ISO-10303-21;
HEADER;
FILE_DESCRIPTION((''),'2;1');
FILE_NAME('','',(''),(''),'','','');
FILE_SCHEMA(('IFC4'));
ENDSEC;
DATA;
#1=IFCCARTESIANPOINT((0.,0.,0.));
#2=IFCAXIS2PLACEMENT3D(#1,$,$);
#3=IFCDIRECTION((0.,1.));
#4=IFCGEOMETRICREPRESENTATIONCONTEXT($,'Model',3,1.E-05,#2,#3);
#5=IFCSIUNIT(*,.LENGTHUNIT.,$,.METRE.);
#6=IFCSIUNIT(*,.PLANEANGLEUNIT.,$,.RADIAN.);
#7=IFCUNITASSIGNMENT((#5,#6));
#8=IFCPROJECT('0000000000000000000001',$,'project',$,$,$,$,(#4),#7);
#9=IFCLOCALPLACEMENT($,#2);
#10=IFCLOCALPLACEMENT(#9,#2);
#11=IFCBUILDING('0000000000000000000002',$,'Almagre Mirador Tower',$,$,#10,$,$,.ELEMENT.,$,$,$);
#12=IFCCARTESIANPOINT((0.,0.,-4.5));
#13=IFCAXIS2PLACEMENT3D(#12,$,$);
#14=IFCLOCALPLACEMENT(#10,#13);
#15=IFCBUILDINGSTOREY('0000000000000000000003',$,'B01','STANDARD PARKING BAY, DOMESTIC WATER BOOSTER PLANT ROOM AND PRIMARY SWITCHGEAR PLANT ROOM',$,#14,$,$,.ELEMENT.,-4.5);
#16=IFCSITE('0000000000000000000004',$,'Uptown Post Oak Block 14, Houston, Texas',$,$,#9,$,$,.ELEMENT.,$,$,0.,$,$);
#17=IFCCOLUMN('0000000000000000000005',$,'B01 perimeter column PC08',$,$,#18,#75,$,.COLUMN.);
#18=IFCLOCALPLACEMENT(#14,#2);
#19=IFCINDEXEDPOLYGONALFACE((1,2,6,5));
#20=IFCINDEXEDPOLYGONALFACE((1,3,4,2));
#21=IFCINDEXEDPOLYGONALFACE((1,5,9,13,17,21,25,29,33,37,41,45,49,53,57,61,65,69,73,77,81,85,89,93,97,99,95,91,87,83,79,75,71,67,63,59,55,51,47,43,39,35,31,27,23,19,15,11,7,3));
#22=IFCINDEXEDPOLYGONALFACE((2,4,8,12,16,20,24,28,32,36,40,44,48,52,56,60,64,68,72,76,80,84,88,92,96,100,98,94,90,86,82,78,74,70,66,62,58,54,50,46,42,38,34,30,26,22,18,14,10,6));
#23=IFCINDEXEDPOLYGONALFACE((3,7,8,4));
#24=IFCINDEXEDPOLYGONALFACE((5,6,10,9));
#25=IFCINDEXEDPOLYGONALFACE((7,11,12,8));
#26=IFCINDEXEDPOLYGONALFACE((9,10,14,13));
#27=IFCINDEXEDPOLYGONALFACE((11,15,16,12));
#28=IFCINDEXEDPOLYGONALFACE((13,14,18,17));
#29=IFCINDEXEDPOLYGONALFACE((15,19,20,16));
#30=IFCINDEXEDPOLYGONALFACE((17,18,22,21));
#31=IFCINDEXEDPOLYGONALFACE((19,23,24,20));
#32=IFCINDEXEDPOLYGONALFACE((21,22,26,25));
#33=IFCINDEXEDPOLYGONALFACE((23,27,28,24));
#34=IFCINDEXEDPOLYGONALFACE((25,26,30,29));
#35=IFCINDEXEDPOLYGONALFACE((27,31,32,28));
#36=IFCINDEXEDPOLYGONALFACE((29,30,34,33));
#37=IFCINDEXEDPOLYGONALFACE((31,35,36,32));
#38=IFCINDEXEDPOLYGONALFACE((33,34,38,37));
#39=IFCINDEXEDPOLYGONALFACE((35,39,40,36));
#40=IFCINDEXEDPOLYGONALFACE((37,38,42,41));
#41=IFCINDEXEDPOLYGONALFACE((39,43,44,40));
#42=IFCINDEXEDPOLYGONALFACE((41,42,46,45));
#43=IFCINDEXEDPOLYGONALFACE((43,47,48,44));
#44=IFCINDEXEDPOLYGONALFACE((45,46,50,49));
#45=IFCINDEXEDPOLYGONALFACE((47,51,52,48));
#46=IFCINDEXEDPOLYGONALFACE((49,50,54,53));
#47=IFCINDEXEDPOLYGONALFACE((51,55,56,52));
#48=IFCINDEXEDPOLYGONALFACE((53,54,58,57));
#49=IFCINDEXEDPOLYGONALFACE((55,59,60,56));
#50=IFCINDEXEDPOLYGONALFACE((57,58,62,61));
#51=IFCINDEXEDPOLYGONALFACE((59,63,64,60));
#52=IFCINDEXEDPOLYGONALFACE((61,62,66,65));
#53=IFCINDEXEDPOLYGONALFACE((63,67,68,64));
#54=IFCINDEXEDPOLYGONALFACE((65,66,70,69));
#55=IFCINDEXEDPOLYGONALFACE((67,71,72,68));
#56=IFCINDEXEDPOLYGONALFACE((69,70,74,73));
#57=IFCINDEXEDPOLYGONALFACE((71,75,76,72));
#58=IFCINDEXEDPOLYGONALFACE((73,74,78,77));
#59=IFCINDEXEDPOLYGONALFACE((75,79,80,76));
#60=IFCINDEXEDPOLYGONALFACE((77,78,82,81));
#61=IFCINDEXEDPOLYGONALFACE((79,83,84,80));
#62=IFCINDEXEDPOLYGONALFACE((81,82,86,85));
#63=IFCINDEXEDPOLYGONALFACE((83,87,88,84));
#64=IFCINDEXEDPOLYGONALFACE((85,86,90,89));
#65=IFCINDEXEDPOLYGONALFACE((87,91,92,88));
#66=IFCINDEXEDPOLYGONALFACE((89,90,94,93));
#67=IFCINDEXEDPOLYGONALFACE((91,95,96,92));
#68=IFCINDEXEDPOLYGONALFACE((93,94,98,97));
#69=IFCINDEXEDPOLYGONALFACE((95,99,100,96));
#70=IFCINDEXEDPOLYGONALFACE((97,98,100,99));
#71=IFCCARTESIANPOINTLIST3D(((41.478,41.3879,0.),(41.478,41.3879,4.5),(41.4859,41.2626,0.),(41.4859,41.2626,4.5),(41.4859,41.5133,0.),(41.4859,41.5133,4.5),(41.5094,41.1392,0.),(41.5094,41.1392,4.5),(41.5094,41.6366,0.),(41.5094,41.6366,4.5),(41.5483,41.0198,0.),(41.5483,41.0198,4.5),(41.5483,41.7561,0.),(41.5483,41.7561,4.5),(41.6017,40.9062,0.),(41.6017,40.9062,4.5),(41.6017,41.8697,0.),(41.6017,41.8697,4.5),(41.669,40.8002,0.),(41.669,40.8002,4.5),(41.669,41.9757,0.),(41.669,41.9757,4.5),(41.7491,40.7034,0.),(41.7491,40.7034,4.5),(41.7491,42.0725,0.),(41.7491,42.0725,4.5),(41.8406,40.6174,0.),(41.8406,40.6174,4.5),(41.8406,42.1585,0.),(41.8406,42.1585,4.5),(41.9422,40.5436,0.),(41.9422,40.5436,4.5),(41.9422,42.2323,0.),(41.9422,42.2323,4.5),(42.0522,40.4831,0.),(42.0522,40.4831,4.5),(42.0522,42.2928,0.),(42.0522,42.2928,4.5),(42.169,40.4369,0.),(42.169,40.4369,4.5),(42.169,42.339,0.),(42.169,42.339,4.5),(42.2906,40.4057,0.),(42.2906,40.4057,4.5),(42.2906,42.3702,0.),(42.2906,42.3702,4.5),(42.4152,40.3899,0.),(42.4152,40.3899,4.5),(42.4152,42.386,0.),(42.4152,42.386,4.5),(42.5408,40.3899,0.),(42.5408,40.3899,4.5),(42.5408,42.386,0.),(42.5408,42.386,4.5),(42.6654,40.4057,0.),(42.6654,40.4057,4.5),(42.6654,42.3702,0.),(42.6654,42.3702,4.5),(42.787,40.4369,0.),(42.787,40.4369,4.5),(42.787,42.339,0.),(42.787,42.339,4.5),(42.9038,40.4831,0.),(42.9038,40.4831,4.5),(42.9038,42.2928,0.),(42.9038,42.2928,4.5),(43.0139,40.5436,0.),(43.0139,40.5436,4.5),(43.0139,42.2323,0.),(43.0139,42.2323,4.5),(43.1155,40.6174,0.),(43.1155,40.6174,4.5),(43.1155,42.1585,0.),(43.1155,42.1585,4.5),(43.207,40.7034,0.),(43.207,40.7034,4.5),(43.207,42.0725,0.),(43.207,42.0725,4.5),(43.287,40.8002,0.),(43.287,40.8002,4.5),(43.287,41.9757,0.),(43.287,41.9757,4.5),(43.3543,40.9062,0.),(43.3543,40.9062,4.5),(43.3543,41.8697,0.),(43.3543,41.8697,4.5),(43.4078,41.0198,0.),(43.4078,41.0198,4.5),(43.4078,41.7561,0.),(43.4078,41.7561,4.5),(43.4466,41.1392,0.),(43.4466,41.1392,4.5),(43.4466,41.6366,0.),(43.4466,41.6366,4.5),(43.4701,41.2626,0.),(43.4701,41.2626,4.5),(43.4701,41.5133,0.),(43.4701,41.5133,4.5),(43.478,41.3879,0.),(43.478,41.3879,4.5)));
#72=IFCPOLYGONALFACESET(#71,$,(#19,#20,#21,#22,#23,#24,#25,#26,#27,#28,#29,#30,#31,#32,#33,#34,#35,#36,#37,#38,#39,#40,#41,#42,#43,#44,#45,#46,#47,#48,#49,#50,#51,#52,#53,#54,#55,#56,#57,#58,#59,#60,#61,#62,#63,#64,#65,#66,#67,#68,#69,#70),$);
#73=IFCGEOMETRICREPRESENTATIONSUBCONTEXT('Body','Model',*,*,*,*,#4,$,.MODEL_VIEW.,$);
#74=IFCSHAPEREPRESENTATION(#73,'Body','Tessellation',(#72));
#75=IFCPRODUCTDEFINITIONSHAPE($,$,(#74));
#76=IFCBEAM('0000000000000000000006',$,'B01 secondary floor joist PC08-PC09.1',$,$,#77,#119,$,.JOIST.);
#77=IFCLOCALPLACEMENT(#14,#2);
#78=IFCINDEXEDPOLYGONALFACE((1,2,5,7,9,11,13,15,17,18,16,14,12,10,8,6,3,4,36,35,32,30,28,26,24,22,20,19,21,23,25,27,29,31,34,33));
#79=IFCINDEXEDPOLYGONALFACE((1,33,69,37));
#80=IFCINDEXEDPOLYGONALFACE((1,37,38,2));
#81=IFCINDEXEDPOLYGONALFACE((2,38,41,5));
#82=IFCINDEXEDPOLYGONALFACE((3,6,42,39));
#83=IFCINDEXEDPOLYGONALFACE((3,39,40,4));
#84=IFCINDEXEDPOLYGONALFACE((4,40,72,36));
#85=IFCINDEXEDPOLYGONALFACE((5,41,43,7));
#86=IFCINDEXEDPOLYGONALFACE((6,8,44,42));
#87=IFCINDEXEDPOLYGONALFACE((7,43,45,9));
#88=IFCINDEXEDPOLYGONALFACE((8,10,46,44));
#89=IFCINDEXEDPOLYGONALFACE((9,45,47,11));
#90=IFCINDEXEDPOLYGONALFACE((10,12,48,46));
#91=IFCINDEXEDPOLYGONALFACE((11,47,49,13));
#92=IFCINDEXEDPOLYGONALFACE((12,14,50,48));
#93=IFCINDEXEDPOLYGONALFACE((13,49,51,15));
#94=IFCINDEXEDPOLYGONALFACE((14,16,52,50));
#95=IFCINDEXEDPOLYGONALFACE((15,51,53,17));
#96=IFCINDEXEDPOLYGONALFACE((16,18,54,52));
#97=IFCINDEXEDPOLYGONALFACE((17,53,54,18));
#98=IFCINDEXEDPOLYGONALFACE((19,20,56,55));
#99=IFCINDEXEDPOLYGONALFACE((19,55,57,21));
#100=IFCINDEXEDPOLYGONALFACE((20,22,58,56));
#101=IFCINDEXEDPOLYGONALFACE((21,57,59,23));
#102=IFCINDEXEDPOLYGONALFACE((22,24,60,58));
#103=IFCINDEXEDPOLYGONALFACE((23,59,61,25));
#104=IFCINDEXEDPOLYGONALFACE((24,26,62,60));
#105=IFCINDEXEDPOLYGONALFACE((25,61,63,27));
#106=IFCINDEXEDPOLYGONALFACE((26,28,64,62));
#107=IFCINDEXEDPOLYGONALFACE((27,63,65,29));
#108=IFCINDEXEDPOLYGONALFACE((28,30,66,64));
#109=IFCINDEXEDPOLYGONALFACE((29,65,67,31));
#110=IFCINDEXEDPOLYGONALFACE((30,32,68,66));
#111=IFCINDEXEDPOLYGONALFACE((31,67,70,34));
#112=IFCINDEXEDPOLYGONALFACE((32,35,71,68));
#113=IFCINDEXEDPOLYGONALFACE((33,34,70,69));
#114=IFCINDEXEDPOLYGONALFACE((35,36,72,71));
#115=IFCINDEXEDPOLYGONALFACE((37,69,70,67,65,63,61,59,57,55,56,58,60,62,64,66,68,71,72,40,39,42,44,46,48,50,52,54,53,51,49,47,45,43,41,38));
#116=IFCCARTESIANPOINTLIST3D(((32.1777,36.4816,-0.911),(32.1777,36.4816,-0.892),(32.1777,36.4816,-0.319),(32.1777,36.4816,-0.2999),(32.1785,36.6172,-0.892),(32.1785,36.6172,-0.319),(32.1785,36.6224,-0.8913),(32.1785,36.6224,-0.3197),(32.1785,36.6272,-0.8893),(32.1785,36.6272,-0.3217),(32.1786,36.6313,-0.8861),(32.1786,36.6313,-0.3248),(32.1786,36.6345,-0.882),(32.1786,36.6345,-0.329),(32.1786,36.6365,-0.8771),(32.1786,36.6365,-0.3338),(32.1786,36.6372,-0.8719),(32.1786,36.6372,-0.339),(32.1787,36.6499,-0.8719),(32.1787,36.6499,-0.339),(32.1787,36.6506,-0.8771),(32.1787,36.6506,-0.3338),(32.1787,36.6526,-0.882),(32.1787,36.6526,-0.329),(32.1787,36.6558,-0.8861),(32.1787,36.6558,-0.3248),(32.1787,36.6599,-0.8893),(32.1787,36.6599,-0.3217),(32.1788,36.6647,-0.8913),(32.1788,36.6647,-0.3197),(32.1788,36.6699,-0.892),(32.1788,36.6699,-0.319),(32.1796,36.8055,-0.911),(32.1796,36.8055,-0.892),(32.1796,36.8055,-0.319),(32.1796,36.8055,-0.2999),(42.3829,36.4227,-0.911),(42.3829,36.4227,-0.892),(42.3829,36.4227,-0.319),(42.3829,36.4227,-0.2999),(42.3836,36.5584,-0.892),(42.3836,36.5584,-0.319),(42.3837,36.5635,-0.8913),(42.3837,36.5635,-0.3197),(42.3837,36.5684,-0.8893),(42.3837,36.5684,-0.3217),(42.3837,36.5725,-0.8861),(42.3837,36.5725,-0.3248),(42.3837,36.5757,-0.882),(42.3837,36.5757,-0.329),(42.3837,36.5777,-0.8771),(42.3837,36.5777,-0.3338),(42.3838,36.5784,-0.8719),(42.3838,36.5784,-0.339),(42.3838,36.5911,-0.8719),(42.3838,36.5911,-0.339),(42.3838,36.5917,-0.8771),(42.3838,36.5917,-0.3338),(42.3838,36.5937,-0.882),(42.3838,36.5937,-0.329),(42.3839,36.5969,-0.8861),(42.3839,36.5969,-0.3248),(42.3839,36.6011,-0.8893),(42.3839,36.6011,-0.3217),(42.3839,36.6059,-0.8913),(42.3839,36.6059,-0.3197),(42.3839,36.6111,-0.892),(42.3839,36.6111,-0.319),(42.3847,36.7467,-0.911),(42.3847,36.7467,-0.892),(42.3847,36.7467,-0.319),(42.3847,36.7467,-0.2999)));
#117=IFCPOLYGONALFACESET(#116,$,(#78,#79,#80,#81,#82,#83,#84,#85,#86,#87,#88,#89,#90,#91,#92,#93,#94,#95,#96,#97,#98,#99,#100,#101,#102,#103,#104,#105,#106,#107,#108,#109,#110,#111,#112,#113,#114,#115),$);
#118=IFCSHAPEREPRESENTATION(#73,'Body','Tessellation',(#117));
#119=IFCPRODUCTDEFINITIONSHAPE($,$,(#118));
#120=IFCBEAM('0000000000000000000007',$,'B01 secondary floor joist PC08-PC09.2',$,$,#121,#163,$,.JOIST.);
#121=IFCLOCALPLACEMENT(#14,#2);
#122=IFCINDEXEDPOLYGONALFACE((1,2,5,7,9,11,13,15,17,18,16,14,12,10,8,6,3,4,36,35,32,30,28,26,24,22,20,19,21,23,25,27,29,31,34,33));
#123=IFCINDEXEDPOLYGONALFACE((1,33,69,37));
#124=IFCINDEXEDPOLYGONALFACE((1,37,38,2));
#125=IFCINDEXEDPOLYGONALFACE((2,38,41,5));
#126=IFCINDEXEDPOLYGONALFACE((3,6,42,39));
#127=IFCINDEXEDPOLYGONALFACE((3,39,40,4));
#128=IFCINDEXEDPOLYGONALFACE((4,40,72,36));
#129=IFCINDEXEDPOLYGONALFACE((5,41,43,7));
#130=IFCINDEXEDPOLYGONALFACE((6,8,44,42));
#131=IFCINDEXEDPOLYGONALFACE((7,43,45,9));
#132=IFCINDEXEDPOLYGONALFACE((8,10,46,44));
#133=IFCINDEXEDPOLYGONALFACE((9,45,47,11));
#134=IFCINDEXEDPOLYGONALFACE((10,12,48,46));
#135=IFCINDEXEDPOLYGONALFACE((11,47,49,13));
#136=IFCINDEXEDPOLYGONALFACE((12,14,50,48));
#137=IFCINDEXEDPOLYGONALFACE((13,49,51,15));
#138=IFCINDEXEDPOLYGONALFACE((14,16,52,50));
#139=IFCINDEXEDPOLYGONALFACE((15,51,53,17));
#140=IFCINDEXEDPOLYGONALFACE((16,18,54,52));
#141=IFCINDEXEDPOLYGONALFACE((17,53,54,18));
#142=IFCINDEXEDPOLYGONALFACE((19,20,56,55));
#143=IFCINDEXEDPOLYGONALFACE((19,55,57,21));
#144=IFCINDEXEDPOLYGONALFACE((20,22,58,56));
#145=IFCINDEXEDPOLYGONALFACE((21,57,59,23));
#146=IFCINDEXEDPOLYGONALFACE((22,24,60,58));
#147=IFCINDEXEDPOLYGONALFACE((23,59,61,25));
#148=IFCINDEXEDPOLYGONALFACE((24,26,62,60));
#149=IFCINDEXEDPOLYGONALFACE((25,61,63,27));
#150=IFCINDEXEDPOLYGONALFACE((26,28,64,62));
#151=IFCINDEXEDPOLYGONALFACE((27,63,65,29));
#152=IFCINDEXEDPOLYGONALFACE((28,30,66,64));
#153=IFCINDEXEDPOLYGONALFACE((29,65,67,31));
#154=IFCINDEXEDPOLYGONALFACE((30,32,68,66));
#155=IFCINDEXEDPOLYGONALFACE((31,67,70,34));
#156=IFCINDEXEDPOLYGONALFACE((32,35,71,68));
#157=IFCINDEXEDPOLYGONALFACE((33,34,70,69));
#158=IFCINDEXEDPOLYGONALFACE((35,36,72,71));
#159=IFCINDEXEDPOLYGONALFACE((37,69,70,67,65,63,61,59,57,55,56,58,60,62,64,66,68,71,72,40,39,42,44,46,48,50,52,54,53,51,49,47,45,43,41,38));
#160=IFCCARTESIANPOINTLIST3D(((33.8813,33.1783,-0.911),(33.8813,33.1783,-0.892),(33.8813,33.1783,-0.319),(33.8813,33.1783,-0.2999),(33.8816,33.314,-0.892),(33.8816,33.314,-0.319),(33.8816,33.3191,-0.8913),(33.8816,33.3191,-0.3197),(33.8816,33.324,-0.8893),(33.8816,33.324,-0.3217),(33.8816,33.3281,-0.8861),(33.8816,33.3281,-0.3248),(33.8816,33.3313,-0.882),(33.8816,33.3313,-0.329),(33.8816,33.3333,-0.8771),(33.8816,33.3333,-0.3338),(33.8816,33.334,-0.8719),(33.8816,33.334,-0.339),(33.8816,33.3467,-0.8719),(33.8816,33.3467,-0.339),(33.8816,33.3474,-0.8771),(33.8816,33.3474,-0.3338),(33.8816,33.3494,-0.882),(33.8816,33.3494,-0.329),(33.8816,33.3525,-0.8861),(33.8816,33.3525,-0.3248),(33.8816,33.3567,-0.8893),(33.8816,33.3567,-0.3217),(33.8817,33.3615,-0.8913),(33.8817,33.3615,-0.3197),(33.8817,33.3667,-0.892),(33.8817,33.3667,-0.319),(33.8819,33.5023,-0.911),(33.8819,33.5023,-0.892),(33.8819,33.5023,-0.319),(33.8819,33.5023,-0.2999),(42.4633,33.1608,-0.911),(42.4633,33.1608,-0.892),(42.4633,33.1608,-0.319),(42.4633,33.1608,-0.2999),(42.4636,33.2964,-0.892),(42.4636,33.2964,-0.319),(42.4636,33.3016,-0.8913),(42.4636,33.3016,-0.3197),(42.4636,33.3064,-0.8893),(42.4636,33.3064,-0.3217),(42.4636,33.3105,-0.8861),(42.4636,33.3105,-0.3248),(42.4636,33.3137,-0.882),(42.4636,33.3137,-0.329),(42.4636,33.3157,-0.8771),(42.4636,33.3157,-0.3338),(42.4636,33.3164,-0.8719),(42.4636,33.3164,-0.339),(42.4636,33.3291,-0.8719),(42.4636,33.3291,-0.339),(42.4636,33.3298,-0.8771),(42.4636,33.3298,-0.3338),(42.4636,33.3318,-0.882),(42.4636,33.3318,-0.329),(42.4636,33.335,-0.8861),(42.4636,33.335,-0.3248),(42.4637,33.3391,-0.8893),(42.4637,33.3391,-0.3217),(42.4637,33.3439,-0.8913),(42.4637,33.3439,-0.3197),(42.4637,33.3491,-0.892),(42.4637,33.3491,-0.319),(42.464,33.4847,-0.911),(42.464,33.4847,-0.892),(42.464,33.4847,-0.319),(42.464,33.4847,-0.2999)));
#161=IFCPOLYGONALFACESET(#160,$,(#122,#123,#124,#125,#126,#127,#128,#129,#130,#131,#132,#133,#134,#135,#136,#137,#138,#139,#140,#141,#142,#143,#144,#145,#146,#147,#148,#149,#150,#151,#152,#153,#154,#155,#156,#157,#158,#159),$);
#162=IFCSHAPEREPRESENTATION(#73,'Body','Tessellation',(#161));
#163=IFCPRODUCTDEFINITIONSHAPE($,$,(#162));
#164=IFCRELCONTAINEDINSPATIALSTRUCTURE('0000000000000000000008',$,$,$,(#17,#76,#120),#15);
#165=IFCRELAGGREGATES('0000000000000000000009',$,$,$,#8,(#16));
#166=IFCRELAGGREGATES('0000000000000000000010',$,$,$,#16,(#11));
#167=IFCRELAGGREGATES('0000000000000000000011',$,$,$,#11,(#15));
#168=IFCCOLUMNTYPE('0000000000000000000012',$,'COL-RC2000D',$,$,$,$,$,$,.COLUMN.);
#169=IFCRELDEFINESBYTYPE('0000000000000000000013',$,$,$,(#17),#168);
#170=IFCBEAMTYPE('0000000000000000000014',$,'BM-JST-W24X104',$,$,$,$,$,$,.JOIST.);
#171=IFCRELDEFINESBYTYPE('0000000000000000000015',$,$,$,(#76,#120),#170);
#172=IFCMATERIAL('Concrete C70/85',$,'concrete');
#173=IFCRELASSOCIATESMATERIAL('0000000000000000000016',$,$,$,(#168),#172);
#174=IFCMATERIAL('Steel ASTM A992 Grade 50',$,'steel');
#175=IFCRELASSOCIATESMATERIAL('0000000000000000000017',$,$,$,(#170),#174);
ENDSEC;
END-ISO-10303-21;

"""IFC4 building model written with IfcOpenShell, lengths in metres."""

from ifc_helpers import new_model, si_unit, direction, frame, origin, origin_2d, place, context, subcontext, project, spatial, circle, i_section, extrude, material, material_profile, profile_set, type_object, element, save


model = new_model("IFC4")

# Units and contexts
model_context = context("Model", 3, precision=1e-05, world=origin(), true_north=direction((0.0, 1.0)))
body_context = subcontext(model_context, "Body", "Model", "MODEL_VIEW")
ifc_project = project(units=[si_unit("LENGTHUNIT", "METRE"), si_unit("PLANEANGLEUNIT", "RADIAN")], contexts=[model_context])

# Site, building, storey
site_placement = place(None, origin())
site = spatial("IfcSite", under=ifc_project, at=site_placement, Name="Uptown Post Oak Block 14, Houston, Texas", CompositionType="ELEMENT", RefElevation=0.0)
building_placement = place(site_placement, origin())
building = spatial("IfcBuilding", under=site, at=building_placement, Name="Almagre Mirador Tower", CompositionType="ELEMENT")
storey_placement = place(building_placement, frame((0.0, 0.0, -4.5)))
storey = spatial("IfcBuildingStorey", under=building, at=storey_placement, Name="B01", Description="STANDARD PARKING BAY, DOMESTIC WATER BOOSTER PLANT ROOM AND PRIMARY SWITCHGEAR PLANT ROOM", CompositionType="ELEMENT", Elevation=-4.5)

# Column
ifc_material_1 = material(Name="Concrete C70/85", Category="concrete")
ifc_material_profile_1 = material_profile(ifc_material_1, circle(Radius=1.0, at=origin_2d()), Name="RC2000D")
ifc_profile_set_1 = profile_set([ifc_material_profile_1], Name="Concrete C70/85")
column_type_1 = type_object("IfcColumnType", Name="COL-RC2000D", PredefinedType="COLUMN", material=ifc_profile_set_1)
column_placement = place(storey_placement, frame((42.478, 41.3879, 0.0), z_axis=(0.0, 0.0, 1.0), x_axis=(1.0, 0.0, 0.0)))
element("IfcColumn", 1, at=column_placement, inside=storey, type_object=column_type_1, Name="B01 perimeter column PC08", PredefinedType="COLUMN", context=body_context, shape_type="SweptSolid", body=[
    extrude(circle(Radius=1.0, at=origin_2d()), origin(), (0.0, 0.0, 1.0), 4.5),
])

# Beams
ifc_material_2 = material(Name="Steel ASTM A992 Grade 50", Category="steel")
ifc_material_profile_2 = material_profile(ifc_material_2, i_section(OverallWidth=0.324, OverallDepth=0.6111, WebThickness=0.0127, FlangeThickness=0.019, FilletRadius=0.02, at=origin_2d()), Name="W24X104")
ifc_profile_set_2 = profile_set([ifc_material_profile_2], Name="Steel ASTM A992 Grade 50")
beam_type_1 = type_object("IfcBeamType", Name="BM-JST-W24X104", PredefinedType="JOIST", material=ifc_profile_set_2)
beam_1_placement = place(storey_placement, frame((42.3838, 36.5847, -0.6055), z_axis=(-0.999983, 0.005765, 0.0), x_axis=(-0.005765, -0.999983, 0.0)))
element("IfcBeam", 2, at=beam_1_placement, inside=storey, type_object=beam_type_1, Name="B01 secondary floor joist PC08-PC09.1", PredefinedType="JOIST", context=body_context, shape_type="SweptSolid", body=[
    extrude(i_section(OverallWidth=0.324, OverallDepth=0.6111, WebThickness=0.0127, FlangeThickness=0.019, FilletRadius=0.02, at=origin_2d()), origin(), (0.0, 0.0, 1.0), 10.2053),
])
beam_2_placement = place(storey_placement, frame((42.4636, 33.3228, -0.6055), z_axis=(-0.999998, 0.002048, 0.0), x_axis=(-0.002048, -0.999998, 0.0)))
element("IfcBeam", 3, at=beam_2_placement, inside=storey, type_object=beam_type_1, Name="B01 secondary floor joist PC08-PC09.2", PredefinedType="JOIST", context=body_context, shape_type="SweptSolid", body=[
    extrude(i_section(OverallWidth=0.324, OverallDepth=0.6111, WebThickness=0.0127, FlangeThickness=0.019, FilletRadius=0.02, at=origin_2d()), origin(), (0.0, 0.0, 1.0), 8.582),
])

save(model, "model.ifc")
